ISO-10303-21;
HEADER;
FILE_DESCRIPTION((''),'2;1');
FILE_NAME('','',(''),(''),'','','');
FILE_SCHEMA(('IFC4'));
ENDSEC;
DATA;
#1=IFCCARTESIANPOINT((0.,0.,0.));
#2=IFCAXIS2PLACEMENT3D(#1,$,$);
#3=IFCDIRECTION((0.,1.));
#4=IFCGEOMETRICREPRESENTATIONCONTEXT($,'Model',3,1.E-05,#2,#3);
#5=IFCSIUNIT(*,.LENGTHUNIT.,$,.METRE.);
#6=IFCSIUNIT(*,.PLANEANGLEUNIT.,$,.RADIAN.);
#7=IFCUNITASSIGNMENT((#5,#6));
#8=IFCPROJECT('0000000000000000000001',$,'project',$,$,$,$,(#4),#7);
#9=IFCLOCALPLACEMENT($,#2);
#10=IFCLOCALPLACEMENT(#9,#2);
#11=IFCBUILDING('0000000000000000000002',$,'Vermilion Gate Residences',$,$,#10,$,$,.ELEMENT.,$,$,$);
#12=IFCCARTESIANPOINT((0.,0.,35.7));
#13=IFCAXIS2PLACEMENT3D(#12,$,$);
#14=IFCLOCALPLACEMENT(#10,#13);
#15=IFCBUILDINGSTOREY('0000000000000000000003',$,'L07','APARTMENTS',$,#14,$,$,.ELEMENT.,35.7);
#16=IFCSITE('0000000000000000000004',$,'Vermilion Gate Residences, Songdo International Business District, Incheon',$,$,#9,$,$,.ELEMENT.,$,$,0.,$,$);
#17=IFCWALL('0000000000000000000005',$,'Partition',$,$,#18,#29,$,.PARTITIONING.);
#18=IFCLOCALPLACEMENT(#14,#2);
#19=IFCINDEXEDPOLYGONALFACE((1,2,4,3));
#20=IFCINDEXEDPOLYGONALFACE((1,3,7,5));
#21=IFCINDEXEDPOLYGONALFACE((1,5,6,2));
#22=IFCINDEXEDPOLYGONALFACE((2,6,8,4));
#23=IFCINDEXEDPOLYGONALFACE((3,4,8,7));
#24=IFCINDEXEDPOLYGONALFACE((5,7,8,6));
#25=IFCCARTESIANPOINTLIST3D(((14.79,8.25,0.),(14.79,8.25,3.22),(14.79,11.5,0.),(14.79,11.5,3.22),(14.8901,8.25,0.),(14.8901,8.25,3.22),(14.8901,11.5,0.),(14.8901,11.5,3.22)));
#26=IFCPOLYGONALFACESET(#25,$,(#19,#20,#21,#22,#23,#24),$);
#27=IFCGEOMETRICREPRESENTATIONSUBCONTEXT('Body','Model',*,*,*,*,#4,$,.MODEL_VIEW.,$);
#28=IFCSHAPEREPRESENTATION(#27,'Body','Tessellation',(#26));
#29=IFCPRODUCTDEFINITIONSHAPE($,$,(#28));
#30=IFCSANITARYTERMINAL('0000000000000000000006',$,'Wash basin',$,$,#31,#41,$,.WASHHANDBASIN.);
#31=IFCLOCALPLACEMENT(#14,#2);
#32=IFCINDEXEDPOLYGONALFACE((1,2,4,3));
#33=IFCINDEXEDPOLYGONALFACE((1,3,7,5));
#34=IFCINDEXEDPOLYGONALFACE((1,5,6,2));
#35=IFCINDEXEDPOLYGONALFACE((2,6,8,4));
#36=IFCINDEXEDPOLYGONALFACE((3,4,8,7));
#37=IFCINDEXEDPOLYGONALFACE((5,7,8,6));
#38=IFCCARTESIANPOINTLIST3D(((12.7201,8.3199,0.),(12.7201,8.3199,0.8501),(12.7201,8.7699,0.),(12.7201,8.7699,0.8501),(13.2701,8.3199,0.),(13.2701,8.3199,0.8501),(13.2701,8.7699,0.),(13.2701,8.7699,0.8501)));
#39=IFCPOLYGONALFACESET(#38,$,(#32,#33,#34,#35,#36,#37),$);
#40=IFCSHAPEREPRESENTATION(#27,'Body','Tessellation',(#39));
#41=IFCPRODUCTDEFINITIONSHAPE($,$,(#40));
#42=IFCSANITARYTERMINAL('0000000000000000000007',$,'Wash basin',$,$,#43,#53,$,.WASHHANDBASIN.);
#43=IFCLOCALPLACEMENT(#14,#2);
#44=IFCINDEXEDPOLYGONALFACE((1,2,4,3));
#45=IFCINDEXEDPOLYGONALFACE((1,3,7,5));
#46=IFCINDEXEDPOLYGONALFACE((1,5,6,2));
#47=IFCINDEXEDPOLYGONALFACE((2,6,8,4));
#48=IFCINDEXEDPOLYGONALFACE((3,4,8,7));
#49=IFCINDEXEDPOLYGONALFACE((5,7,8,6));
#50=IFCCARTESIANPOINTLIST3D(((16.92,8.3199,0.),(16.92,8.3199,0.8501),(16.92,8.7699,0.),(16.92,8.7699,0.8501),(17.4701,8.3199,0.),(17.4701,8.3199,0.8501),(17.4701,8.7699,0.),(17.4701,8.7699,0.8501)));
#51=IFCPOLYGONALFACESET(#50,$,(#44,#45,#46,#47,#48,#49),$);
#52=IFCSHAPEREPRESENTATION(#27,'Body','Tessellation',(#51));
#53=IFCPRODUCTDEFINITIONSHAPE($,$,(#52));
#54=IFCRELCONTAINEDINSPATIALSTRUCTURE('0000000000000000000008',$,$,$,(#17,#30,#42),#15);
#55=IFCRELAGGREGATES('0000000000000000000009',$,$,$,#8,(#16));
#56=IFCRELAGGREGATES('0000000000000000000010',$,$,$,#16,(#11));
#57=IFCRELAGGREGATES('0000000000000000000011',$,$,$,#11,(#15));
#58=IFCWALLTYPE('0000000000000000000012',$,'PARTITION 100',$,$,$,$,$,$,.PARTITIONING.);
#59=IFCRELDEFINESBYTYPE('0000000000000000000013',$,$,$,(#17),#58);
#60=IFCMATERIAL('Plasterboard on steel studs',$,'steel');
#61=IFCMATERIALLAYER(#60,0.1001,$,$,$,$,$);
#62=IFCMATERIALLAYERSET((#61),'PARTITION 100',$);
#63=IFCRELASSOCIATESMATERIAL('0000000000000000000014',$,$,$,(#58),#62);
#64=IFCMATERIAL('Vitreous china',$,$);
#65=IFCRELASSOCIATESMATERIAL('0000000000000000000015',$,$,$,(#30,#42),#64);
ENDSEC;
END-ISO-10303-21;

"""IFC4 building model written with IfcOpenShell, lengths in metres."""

from ifc_helpers import new_model, si_unit, direction, frame, frame_2d, origin, origin_2d, place, context, subcontext, project, spatial, rectangle, extrude, material, layer, layer_set, type_object, element, save


model = new_model("IFC4")

# Units and contexts
model_context = context("Model", 3, precision=1e-05, world=origin(), true_north=direction((0.0, 1.0)))
body_context = subcontext(model_context, "Body", "Model", "MODEL_VIEW")
ifc_project = project(units=[si_unit("LENGTHUNIT", "METRE"), si_unit("PLANEANGLEUNIT", "RADIAN")], contexts=[model_context])

# Site, building, storey
site_placement = place(None, origin())
site = spatial("IfcSite", under=ifc_project, at=site_placement, Name="Vermilion Gate Residences, Songdo International Business District, Incheon", CompositionType="ELEMENT", RefElevation=0.0)
building_placement = place(site_placement, origin())
building = spatial("IfcBuilding", under=site, at=building_placement, Name="Vermilion Gate Residences", CompositionType="ELEMENT")
storey_placement = place(building_placement, frame((0.0, 0.0, 35.7)))
storey = spatial("IfcBuildingStorey", under=building, at=storey_placement, Name="L07", Description="APARTMENTS", CompositionType="ELEMENT", Elevation=35.7)

# Shared definitions
ifc_material_1 = material(Name="Plasterboard on steel studs", Category="steel")
ifc_layer = layer(ifc_material_1, 0.1001)
ifc_layer_set = layer_set([ifc_layer], Name="PARTITION 100")
wall_type = type_object("IfcWallType", Name="PARTITION 100", PredefinedType="PARTITIONING", material=ifc_layer_set)

# Wall
wall_1_placement = place(storey_placement, frame((14.8401, 8.25, 0.0), z_axis=(0.0, 0.0, 1.0), x_axis=(0.0, 1.0, 0.0)))
element("IfcWall", 1, at=wall_1_placement, inside=storey, type_object=wall_type, Name="Partition", PredefinedType="PARTITIONING", context=body_context, shape_type="SweptSolid", body=[
    extrude(rectangle(XDim=3.25, YDim=0.1001, at=frame_2d((1.625, 0.0))), origin(), (0.0, 0.0, 1.0), 3.22),
])

# Sanitary terminals
ifc_material_2 = material(Name="Vitreous china")
for number, where, z_axis, x_axis, name in (
    (2, (12.9951, 8.5449, 0.0), (0.0, 0.0, 1.0), (1.0, 0.0, 0.0), "Wash basin"),
    (3, (17.1951, 8.5449, 0.0), (0.0, 0.0, 1.0), (1.0, 0.0, 0.0), "Wash basin"),
):
    element("IfcSanitaryTerminal", number, at=place(storey_placement, frame(where, z_axis=z_axis, x_axis=x_axis)), inside=storey, material=ifc_material_2, Name=name, PredefinedType="WASHHANDBASIN", context=body_context, shape_type="SweptSolid", body=[
        extrude(rectangle(XDim=0.55, YDim=0.45, at=origin_2d()), origin(), (0.0, 0.0, 1.0), 0.8501),
    ])

save(model, "model.ifc")
